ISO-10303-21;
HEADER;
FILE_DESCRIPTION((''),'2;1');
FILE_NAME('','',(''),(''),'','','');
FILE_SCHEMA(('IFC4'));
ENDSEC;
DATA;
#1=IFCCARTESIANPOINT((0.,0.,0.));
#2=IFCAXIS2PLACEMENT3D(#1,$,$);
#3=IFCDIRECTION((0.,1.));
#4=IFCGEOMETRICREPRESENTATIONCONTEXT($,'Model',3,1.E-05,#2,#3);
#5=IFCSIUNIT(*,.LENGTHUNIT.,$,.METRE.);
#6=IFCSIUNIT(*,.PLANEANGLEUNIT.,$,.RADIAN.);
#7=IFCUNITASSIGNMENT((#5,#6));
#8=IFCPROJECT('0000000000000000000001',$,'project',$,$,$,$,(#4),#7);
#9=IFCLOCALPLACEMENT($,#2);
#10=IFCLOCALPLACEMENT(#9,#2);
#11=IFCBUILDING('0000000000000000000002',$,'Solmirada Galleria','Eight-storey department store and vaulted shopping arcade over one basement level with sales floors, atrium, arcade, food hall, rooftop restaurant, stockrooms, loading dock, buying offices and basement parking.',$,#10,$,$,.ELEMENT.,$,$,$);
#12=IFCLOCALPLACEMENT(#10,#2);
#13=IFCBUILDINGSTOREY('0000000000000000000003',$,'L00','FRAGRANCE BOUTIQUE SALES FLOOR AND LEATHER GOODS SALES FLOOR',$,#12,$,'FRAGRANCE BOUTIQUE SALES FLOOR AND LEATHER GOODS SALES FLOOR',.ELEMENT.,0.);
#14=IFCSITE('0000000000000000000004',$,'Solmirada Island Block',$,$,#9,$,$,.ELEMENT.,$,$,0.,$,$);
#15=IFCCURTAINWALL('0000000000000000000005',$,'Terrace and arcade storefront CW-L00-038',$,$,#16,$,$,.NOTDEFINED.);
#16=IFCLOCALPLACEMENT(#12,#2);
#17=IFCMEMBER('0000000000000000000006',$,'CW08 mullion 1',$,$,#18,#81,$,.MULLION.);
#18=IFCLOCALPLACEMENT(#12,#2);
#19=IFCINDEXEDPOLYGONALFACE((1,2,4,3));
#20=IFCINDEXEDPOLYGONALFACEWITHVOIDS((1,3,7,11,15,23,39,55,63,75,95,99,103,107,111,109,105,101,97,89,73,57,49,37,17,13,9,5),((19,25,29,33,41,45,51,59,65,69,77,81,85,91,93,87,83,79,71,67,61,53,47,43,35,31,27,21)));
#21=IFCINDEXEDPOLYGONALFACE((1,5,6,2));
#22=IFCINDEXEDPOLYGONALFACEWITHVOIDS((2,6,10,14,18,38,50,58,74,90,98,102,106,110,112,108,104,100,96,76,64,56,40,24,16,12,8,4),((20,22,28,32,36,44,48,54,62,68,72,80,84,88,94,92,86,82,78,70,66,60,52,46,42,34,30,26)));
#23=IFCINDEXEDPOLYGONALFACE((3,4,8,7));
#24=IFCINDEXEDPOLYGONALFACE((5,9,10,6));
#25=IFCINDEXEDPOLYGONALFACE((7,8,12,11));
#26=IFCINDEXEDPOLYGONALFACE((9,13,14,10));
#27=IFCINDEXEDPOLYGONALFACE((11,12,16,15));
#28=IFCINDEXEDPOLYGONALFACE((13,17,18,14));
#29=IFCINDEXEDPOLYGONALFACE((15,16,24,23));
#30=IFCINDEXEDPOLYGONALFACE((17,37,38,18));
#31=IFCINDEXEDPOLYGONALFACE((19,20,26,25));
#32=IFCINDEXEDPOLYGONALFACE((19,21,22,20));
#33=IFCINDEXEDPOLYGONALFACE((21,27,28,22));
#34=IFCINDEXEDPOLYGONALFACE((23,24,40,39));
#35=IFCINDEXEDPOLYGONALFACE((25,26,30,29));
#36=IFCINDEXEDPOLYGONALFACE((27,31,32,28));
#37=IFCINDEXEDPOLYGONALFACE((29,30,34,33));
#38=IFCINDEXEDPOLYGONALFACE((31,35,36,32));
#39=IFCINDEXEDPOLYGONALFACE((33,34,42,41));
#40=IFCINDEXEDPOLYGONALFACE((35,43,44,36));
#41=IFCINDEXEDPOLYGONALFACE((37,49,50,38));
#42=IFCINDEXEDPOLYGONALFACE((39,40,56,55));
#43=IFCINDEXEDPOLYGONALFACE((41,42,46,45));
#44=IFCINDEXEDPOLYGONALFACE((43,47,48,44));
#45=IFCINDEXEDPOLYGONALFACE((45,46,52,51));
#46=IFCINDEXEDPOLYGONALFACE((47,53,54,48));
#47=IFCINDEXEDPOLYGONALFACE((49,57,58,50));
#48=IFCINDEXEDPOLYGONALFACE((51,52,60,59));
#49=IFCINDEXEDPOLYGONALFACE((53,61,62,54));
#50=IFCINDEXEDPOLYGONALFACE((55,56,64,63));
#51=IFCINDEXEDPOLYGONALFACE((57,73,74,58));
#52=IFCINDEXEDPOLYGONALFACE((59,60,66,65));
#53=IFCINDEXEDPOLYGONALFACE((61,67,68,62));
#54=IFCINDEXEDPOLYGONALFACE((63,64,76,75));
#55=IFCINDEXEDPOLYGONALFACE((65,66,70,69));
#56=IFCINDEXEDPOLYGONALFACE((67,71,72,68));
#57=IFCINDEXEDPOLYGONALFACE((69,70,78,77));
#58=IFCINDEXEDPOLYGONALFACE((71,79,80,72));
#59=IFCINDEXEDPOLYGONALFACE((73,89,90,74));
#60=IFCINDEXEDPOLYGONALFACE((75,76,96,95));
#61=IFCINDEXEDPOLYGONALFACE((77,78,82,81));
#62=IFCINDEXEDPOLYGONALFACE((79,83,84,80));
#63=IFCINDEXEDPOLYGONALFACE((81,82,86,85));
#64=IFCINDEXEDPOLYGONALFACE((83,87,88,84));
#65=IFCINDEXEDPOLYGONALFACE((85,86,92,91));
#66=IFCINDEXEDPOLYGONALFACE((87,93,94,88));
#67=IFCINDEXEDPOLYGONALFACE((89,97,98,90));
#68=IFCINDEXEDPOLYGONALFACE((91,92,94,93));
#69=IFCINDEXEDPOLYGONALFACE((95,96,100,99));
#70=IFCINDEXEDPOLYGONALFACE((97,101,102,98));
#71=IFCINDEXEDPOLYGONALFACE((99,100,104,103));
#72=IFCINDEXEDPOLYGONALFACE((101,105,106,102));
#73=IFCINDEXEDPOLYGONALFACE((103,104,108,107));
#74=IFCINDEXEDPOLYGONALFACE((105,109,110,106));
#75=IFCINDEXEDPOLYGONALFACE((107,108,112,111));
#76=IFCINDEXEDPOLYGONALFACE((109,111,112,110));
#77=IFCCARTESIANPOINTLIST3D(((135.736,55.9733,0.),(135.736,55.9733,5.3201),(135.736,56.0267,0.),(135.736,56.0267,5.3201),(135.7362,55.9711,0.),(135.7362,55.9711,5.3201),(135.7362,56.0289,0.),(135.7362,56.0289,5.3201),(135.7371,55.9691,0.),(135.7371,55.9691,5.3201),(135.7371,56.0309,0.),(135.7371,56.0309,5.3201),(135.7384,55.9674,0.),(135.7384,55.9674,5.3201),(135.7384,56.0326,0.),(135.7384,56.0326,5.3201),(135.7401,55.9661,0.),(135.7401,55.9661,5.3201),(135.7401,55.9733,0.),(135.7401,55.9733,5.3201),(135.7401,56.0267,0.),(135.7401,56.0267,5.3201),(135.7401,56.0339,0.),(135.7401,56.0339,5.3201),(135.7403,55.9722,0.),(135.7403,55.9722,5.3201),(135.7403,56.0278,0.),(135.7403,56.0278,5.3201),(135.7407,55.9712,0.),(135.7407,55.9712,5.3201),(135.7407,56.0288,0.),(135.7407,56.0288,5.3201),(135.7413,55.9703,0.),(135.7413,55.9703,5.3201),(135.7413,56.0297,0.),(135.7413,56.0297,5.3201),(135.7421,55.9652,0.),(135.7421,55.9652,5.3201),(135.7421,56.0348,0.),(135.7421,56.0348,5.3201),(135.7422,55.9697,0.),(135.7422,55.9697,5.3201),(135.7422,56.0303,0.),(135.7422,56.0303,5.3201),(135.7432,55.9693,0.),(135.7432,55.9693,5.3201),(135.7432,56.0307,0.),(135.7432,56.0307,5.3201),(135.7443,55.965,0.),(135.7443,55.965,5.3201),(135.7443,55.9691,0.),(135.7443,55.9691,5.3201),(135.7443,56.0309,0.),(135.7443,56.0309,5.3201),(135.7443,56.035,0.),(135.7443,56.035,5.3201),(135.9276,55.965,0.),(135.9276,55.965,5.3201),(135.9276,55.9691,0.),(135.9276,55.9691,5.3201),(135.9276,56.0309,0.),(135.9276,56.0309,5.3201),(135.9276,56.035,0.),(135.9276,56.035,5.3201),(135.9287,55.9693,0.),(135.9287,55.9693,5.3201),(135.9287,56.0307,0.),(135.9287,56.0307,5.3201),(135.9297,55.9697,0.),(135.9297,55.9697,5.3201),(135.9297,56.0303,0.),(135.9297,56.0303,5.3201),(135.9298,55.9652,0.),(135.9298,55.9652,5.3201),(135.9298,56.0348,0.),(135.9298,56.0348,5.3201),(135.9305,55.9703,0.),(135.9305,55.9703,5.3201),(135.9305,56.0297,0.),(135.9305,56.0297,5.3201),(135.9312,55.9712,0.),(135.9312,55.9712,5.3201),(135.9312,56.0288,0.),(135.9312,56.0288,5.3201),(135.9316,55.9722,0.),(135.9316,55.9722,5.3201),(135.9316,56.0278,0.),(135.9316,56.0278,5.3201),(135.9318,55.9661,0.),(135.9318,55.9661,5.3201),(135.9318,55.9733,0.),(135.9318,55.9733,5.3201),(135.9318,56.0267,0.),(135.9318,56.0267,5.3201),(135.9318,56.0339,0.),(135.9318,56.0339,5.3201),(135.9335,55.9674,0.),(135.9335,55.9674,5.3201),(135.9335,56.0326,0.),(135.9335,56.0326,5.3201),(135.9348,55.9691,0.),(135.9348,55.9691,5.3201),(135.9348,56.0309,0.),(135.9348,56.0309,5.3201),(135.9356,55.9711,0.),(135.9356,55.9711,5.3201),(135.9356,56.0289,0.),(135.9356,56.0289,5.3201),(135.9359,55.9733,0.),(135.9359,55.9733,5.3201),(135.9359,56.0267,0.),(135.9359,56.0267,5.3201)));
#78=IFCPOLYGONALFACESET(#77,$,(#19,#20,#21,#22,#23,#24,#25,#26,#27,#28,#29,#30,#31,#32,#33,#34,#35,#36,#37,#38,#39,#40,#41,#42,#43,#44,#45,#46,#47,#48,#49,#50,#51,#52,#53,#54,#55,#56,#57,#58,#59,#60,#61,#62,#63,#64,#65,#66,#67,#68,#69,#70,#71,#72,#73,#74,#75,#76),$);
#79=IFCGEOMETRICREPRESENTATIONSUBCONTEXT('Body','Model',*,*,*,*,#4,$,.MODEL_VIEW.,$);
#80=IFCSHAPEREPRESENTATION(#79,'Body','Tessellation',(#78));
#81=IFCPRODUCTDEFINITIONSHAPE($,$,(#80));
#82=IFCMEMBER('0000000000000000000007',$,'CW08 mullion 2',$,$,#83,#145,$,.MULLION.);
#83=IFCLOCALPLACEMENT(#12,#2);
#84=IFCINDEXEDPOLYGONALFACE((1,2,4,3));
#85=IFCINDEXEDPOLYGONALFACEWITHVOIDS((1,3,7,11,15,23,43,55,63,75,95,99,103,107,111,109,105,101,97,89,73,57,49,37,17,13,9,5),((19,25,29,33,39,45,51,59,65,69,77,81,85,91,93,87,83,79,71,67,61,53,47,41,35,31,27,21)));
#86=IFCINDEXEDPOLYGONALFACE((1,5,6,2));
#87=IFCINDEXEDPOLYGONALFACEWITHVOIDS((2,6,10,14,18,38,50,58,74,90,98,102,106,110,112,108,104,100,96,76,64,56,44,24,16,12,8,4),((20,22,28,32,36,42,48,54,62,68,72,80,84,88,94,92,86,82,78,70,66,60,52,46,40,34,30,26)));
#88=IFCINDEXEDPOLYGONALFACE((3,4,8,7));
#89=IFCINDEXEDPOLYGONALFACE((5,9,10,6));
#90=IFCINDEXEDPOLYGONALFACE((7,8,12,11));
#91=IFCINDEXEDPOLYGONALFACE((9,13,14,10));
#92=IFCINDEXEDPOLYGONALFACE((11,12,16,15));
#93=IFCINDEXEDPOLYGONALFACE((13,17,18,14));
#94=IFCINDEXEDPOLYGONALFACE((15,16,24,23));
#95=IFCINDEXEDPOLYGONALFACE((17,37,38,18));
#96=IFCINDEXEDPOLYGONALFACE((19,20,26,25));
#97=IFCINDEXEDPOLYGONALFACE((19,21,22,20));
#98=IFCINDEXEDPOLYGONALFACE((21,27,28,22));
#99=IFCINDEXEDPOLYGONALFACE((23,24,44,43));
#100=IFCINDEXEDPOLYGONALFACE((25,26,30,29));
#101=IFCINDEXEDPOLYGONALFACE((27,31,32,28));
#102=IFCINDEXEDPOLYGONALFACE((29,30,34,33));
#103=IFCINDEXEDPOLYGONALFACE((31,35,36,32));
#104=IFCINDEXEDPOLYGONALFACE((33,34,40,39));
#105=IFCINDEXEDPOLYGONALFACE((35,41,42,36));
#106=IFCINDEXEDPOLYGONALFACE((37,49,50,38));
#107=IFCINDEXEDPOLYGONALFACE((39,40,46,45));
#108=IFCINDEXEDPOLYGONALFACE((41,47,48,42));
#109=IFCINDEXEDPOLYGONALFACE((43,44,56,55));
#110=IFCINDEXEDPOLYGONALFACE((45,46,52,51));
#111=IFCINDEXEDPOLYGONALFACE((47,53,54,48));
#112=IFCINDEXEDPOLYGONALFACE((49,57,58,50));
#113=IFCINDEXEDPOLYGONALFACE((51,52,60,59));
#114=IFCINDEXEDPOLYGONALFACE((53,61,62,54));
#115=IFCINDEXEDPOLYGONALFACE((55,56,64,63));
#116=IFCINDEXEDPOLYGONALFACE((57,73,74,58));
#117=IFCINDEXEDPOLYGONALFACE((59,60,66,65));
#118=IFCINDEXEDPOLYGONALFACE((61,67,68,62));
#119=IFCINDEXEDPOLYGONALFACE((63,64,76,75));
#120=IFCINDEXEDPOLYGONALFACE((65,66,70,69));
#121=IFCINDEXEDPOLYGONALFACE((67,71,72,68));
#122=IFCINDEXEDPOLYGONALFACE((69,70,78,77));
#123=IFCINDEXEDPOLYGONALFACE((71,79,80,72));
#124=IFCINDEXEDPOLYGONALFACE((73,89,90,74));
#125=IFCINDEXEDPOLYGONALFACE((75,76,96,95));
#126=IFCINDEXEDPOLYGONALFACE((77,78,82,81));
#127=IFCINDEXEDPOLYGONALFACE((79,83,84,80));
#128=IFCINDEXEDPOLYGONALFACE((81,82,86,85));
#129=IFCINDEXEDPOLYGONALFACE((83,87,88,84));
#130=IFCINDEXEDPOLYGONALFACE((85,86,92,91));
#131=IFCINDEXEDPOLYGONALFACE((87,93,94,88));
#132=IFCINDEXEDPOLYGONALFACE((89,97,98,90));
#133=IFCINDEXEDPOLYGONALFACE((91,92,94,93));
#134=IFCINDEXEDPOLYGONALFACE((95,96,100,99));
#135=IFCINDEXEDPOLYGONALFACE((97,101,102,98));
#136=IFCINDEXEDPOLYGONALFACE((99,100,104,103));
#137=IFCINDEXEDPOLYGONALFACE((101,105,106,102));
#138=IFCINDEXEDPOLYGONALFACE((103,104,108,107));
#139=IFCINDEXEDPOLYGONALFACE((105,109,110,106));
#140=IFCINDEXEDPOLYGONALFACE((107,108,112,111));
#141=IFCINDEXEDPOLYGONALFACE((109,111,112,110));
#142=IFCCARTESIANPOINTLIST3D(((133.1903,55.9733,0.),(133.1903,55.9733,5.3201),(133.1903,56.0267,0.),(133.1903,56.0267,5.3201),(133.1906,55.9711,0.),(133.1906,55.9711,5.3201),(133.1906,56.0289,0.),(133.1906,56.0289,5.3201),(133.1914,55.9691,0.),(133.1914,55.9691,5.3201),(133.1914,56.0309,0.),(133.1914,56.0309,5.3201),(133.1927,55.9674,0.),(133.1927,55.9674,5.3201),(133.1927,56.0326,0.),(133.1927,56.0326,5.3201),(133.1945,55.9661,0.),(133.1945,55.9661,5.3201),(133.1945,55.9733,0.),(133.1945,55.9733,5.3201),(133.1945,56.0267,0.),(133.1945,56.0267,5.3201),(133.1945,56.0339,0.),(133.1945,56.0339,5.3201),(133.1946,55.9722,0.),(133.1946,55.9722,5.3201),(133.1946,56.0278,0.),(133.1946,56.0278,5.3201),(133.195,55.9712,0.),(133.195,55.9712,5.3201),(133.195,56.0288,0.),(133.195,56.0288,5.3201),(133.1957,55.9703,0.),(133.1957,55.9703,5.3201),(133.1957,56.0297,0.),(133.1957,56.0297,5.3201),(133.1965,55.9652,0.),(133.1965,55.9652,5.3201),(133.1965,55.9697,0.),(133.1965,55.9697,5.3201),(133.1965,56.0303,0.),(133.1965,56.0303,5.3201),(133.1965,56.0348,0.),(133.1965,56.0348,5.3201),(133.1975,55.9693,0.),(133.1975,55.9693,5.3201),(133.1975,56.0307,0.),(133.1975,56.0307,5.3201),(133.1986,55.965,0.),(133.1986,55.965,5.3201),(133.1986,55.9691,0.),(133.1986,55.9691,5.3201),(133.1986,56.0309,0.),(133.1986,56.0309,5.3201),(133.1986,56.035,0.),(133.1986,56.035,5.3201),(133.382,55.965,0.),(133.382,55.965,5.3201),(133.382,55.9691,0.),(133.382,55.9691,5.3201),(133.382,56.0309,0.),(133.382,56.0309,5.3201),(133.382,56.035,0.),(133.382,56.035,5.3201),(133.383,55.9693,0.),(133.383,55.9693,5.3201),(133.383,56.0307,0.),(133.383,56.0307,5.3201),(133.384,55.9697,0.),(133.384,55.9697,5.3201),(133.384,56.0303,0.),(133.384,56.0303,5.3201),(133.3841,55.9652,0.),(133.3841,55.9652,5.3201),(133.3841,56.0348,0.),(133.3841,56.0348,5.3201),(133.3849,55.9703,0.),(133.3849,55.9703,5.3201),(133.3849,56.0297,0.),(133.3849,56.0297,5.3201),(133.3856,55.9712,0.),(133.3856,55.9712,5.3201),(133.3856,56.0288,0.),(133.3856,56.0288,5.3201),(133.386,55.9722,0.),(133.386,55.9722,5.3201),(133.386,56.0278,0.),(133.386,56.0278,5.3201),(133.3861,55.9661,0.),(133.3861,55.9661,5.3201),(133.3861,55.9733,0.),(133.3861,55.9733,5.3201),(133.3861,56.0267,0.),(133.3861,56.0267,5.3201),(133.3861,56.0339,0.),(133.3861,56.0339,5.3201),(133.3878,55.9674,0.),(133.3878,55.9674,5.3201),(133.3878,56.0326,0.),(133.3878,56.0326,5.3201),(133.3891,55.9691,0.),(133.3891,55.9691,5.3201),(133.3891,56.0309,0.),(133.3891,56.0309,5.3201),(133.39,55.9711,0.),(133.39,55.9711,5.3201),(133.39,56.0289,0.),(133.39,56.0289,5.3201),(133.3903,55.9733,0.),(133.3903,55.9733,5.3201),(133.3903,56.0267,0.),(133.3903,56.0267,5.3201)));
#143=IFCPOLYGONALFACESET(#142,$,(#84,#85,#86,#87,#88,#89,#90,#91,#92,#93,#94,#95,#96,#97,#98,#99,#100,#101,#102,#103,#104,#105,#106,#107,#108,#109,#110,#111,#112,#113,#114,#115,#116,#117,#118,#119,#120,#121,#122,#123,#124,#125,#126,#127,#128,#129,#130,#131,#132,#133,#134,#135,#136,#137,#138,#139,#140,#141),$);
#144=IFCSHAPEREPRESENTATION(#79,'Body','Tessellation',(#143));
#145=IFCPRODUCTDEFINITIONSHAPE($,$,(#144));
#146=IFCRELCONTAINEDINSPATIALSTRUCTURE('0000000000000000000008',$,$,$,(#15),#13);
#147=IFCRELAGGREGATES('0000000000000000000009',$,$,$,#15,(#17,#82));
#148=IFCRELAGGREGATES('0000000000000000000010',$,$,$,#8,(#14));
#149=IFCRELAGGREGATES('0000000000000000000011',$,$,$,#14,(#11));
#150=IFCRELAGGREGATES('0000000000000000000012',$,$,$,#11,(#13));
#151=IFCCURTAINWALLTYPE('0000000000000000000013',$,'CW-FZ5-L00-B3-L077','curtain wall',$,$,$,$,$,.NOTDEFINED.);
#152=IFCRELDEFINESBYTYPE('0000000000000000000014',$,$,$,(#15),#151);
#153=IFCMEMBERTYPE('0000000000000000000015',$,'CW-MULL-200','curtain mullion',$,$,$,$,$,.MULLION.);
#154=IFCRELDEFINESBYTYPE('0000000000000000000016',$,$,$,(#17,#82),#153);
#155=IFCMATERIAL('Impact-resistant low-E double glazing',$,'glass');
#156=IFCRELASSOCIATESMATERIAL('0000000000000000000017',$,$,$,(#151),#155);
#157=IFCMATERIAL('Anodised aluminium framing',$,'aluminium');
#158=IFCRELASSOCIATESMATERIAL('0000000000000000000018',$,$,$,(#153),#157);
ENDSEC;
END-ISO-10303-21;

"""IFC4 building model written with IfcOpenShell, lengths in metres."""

from ifc_helpers import new_model, si_unit, direction, frame, origin, origin_2d, place, context, subcontext, project, spatial, hollow_rectangle, extrude, material, material_profile, profile_set, type_object, element, aggregate, save


model = new_model("IFC4")

# Units and contexts
model_context = context("Model", 3, precision=1e-05, world=origin(), true_north=direction((0.0, 1.0)))
body_context = subcontext(model_context, "Body", "Model", "MODEL_VIEW")
ifc_project = project(units=[si_unit("LENGTHUNIT", "METRE"), si_unit("PLANEANGLEUNIT", "RADIAN")], contexts=[model_context])

# Site, building, storey
site_placement = place(None, origin())
site = spatial("IfcSite", under=ifc_project, at=site_placement, Name="Solmirada Island Block", CompositionType="ELEMENT", RefElevation=0.0)
building_placement = place(site_placement, origin())
building = spatial("IfcBuilding", under=site, at=building_placement, Name="Solmirada Galleria", Description="Eight-storey department store and vaulted shopping arcade over one basement level with sales floors, atrium, arcade, food hall, rooftop restaurant, stockrooms, loading dock, buying offices and basement parking.", CompositionType="ELEMENT")
storey_placement = place(building_placement, origin())
storey = spatial("IfcBuildingStorey", under=building, at=storey_placement, Name="L00", Description="FRAGRANCE BOUTIQUE SALES FLOOR AND LEATHER GOODS SALES FLOOR", LongName="FRAGRANCE BOUTIQUE SALES FLOOR AND LEATHER GOODS SALES FLOOR", CompositionType="ELEMENT", Elevation=0.0)

# Curtain wall, members
ifc_material_1 = material(Name="Impact-resistant low-E double glazing", Category="glass")
curtain_wall_type = type_object("IfcCurtainWallType", Name="CW-FZ5-L00-B3-L077", Description="curtain wall", PredefinedType="NOTDEFINED", material=ifc_material_1)
ifc_material_2 = material(Name="Anodised aluminium framing", Category="aluminium")
ifc_material_profile_1 = material_profile(ifc_material_2, hollow_rectangle(XDim=0.0701, YDim=0.2, WallThickness=0.0042, InnerFilletRadius=0.0042, OuterFilletRadius=0.0083, at=origin_2d()), Name="ALU-MULL-200X70")
ifc_profile_set_1 = profile_set([ifc_material_profile_1], Name="Anodised aluminium framing")
member_type_1 = type_object("IfcMemberType", Name="CW-MULL-200", Description="curtain mullion", PredefinedType="MULLION", material=ifc_profile_set_1)
curtain_wall_1_placement = place(storey_placement, origin())
curtain_wall_1 = element("IfcCurtainWall", 1, at=curtain_wall_1_placement, inside=storey, type_object=curtain_wall_type, Name="Terrace and arcade storefront CW-L00-038", PredefinedType="NOTDEFINED")
member_1_placement = place(storey_placement, frame((135.8359, 56.0, 0.0), z_axis=(0.0, 0.0, 1.0), x_axis=(0.0, -1.0, 0.0)))
member_1 = element("IfcMember", 2, at=member_1_placement, type_object=member_type_1, Name="CW08 mullion 1", PredefinedType="MULLION", context=body_context, shape_type="SweptSolid", body=[
    extrude(hollow_rectangle(XDim=0.0701, YDim=0.2, WallThickness=0.0042, InnerFilletRadius=0.0042, OuterFilletRadius=0.0083, at=origin_2d()), origin(), (0.0, 0.0, 1.0), 5.3201),
])
member_2_placement = place(storey_placement, frame((133.2903, 56.0, 0.0), z_axis=(0.0, 0.0, 1.0), x_axis=(0.0, -1.0, 0.0)))
member_2 = element("IfcMember", 3, at=member_2_placement, type_object=member_type_1, Name="CW08 mullion 2", PredefinedType="MULLION", context=body_context, shape_type="SweptSolid", body=[
    extrude(hollow_rectangle(XDim=0.0701, YDim=0.2, WallThickness=0.0042, InnerFilletRadius=0.0042, OuterFilletRadius=0.0083, at=origin_2d()), origin(), (0.0, 0.0, 1.0), 5.3201),
])

aggregate(curtain_wall_1, [member_1, member_2])

save(model, "model.ifc")
